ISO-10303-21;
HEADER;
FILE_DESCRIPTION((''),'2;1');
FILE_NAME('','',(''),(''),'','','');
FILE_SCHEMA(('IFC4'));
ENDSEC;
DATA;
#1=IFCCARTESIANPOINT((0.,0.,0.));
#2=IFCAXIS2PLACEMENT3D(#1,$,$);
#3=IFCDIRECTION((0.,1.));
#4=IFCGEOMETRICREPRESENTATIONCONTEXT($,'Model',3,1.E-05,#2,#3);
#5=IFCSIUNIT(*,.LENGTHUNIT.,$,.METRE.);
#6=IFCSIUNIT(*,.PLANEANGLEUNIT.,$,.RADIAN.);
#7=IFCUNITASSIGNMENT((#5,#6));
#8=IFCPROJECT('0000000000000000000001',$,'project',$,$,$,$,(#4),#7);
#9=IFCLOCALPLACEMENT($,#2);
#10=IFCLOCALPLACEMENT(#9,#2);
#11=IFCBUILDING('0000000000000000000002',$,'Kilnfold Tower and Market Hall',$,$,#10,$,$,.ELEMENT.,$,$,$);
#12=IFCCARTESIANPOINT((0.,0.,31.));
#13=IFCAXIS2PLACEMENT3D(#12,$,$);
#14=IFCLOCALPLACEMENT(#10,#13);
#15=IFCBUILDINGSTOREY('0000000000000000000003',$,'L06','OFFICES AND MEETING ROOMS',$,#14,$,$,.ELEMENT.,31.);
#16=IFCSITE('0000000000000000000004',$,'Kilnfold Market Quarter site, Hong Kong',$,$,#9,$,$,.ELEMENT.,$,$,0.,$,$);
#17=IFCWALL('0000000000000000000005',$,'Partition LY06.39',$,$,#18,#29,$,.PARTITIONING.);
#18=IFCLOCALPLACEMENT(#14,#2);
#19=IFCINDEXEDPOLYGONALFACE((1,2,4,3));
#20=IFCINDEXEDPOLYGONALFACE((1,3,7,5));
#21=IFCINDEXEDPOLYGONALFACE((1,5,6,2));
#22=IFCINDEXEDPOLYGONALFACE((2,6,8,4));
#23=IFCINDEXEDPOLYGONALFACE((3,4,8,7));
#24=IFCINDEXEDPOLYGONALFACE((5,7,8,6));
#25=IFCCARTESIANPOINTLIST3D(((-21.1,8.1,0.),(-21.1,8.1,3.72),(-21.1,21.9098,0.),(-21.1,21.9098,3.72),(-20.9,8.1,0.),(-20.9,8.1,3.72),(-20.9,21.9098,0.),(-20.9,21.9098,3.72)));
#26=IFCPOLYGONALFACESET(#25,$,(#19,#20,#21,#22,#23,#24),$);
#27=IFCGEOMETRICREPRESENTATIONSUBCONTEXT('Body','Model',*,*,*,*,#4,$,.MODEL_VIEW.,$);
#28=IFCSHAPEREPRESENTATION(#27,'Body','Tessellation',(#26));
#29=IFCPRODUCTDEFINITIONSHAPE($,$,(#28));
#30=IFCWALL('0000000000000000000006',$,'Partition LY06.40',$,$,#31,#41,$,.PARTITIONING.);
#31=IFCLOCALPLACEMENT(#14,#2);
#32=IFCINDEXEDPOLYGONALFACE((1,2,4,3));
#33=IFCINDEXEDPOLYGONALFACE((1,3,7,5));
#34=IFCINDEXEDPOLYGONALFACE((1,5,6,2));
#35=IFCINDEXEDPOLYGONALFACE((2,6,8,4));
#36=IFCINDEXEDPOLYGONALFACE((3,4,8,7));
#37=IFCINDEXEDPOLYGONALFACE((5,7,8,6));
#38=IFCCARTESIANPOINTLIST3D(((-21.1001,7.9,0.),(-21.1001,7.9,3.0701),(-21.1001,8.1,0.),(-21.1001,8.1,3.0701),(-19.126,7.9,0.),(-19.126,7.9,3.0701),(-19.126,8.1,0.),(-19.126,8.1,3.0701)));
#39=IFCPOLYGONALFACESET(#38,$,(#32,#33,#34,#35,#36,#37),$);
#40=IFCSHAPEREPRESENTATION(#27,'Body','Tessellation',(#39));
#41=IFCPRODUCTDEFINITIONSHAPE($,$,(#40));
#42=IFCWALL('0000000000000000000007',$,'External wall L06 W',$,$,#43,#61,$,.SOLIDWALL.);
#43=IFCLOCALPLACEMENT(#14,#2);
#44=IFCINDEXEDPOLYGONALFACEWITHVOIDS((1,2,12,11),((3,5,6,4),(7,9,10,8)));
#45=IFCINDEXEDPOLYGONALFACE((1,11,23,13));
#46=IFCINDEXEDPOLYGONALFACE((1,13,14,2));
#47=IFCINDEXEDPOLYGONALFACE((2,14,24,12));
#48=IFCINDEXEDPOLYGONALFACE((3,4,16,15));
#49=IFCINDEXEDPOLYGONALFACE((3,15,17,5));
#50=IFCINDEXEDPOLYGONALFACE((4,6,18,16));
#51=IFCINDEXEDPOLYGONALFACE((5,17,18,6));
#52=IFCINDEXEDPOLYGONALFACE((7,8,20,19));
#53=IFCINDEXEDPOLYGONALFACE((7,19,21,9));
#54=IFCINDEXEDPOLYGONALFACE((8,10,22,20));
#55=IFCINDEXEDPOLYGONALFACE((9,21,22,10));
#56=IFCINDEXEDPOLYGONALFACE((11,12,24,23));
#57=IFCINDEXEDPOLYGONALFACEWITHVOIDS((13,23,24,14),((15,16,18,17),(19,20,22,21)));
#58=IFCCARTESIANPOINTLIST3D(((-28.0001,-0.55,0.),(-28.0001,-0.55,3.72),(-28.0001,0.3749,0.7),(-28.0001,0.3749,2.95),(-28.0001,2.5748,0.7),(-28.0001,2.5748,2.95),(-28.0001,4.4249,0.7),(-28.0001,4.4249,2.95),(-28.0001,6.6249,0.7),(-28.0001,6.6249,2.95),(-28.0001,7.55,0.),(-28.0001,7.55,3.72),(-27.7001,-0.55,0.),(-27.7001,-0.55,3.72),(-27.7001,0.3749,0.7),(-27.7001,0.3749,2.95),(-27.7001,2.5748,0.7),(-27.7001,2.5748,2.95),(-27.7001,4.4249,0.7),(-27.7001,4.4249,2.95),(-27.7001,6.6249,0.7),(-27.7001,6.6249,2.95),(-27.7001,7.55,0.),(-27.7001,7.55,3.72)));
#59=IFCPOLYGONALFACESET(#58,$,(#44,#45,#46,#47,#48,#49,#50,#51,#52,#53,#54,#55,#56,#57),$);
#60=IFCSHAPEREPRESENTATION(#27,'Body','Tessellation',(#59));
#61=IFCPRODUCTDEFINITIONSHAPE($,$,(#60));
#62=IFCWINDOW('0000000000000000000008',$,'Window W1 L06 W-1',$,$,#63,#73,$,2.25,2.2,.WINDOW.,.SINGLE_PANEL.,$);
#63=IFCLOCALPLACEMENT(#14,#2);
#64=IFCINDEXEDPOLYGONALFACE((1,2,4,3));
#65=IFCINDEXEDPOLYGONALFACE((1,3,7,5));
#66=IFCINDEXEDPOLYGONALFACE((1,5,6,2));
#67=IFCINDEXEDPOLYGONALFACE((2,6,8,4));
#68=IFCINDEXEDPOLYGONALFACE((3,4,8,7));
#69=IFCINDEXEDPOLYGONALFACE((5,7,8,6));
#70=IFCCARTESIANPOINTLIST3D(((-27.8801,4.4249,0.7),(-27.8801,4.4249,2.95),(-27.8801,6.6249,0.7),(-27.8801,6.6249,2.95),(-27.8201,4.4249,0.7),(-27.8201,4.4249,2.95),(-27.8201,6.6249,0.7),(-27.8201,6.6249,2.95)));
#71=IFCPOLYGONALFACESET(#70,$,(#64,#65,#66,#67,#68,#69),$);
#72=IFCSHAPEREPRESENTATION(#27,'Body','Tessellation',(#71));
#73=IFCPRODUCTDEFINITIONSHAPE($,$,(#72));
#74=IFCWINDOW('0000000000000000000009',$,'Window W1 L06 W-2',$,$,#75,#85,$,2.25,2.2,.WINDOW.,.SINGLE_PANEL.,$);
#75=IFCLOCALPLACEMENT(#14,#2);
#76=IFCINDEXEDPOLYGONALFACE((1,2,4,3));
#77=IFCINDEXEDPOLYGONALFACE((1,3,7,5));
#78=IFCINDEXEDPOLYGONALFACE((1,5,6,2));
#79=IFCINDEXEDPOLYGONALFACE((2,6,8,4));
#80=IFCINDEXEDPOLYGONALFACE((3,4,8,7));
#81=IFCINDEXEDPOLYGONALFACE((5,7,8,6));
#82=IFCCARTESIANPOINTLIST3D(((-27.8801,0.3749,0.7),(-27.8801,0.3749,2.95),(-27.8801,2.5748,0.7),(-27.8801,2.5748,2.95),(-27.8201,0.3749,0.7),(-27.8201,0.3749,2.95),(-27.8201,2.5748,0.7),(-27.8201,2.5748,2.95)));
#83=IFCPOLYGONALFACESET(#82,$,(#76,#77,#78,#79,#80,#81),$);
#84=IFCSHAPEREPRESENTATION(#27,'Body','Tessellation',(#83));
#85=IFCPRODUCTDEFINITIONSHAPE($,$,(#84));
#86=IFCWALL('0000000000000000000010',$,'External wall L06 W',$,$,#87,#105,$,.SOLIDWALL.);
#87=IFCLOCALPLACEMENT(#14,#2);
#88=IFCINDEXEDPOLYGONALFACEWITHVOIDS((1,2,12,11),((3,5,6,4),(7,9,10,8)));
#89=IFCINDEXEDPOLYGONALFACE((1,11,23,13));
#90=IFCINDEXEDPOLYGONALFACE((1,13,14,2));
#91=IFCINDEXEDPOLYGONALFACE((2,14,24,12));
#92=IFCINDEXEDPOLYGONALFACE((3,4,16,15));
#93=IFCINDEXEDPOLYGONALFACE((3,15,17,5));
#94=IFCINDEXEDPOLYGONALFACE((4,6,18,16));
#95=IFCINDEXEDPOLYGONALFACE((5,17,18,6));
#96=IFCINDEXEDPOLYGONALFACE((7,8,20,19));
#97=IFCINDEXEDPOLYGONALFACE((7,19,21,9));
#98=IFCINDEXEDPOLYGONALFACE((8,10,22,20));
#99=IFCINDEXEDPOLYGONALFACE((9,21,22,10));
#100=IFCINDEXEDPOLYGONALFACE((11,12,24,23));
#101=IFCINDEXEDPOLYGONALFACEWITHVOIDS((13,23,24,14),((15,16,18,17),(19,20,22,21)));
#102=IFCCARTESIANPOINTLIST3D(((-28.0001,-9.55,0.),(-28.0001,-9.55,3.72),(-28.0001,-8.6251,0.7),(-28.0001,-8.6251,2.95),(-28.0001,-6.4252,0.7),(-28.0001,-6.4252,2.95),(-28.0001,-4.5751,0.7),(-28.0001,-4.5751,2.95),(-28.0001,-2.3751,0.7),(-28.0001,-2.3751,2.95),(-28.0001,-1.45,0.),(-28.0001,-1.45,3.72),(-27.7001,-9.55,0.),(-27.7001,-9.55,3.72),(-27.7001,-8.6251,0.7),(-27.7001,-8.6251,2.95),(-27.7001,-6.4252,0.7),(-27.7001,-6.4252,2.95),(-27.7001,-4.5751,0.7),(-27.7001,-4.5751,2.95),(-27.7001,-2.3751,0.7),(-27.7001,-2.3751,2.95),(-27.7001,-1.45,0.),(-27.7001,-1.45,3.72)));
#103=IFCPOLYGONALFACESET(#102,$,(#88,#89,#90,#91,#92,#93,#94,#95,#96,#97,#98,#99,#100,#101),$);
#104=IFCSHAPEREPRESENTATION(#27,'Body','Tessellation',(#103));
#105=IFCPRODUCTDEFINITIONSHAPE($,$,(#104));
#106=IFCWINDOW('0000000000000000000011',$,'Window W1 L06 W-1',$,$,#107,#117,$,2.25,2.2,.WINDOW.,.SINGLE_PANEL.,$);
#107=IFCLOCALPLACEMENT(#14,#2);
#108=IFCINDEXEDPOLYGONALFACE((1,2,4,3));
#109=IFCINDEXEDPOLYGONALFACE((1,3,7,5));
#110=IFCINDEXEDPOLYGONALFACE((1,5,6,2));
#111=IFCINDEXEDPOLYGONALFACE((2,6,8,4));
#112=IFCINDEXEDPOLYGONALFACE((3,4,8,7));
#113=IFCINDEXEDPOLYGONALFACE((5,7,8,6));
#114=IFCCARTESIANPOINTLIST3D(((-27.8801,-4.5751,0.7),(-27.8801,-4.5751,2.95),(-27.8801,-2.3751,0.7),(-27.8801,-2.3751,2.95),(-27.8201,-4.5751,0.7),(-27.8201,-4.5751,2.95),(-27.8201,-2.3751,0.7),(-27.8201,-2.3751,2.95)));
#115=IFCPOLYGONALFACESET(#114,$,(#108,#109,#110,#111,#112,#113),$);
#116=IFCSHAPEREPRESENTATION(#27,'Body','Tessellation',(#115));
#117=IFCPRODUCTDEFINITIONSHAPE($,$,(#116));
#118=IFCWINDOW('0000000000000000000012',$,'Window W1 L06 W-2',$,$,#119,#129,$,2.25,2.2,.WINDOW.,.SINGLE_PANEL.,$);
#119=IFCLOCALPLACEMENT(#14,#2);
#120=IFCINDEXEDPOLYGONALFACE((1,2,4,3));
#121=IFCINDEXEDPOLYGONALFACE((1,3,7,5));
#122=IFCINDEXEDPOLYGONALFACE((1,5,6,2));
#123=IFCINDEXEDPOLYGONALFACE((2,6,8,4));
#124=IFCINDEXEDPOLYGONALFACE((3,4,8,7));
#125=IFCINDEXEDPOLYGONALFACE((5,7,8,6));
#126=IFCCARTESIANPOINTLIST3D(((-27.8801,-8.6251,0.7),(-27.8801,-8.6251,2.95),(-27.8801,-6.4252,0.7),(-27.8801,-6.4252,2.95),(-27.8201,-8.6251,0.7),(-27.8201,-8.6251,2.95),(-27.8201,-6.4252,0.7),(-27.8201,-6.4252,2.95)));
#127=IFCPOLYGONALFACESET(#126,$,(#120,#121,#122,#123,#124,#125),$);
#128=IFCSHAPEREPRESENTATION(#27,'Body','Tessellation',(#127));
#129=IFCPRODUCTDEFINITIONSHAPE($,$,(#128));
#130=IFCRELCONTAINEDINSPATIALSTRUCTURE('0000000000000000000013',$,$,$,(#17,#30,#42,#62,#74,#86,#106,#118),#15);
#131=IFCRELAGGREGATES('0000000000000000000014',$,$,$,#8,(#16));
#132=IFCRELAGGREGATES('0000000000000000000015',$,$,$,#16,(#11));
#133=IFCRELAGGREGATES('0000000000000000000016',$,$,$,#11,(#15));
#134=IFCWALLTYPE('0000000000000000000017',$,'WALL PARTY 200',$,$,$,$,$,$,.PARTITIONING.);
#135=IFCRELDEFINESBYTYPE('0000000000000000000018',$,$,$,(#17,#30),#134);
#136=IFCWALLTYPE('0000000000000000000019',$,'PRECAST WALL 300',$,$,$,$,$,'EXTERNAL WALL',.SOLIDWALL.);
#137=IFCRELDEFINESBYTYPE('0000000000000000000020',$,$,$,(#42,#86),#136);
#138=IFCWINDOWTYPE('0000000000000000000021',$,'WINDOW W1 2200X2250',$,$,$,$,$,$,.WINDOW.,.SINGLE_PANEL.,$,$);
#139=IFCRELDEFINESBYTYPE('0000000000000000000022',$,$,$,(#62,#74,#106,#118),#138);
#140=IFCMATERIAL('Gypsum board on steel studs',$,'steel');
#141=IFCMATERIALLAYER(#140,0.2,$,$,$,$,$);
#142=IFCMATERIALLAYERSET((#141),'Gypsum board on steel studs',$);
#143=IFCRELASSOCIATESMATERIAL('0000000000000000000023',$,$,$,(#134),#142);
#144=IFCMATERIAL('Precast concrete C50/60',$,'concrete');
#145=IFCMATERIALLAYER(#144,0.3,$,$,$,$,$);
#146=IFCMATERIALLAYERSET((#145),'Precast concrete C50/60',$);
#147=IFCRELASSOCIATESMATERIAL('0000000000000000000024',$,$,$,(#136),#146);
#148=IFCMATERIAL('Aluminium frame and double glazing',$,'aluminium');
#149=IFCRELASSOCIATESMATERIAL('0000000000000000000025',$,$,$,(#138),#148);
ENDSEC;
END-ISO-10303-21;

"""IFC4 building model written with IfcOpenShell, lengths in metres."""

from ifc_helpers import new_model, si_unit, direction, frame, frame_2d, origin, place, context, subcontext, project, spatial, rectangle, extrude, source, transform, mapped, material, layer, layer_set, type_object, element, fill, save


model = new_model("IFC4")

# Units and contexts
model_context = context("Model", 3, precision=1e-05, world=origin(), true_north=direction((0.0, 1.0)))
body_context = subcontext(model_context, "Body", "Model", "MODEL_VIEW")
ifc_project = project(units=[si_unit("LENGTHUNIT", "METRE"), si_unit("PLANEANGLEUNIT", "RADIAN")], contexts=[model_context])

# Site, building, storey
site_placement = place(None, origin())
site = spatial("IfcSite", under=ifc_project, at=site_placement, Name="Kilnfold Market Quarter site, Hong Kong", CompositionType="ELEMENT", RefElevation=0.0)
building_placement = place(site_placement, origin())
building = spatial("IfcBuilding", under=site, at=building_placement, Name="Kilnfold Tower and Market Hall", CompositionType="ELEMENT")
storey_placement = place(building_placement, frame((0.0, 0.0, 31.0)))
storey = spatial("IfcBuildingStorey", under=building, at=storey_placement, Name="L06", Description="OFFICES AND MEETING ROOMS", CompositionType="ELEMENT", Elevation=31.0)

# Walls
ifc_material_1 = material(Name="Gypsum board on steel studs", Category="steel")
ifc_layer_1 = layer(ifc_material_1, 0.2)
ifc_layer_set_1 = layer_set([ifc_layer_1], Name="Gypsum board on steel studs")
wall_type_1 = type_object("IfcWallType", Name="WALL PARTY 200", PredefinedType="PARTITIONING", material=ifc_layer_set_1)
wall_1_placement = place(storey_placement, frame((-21.0, 8.1001, 0.0), z_axis=(0.0, 0.0, 1.0), x_axis=(0.0, 1.0, 0.0)))
element("IfcWall", 1, at=wall_1_placement, inside=storey, type_object=wall_type_1, Name="Partition LY06.39", PredefinedType="PARTITIONING", context=body_context, shape_type="SweptSolid", body=[
    extrude(rectangle(XDim=13.8098, YDim=0.2, at=frame_2d((6.9048, 0.0))), origin(), (0.0, 0.0, 1.0), 3.72),
])
wall_2_placement = place(storey_placement, frame((-21.1001, 8.0, 0.0), z_axis=(0.0, 0.0, 1.0), x_axis=(1.0, 0.0, 0.0)))
element("IfcWall", 2, at=wall_2_placement, inside=storey, type_object=wall_type_1, Name="Partition LY06.40", PredefinedType="PARTITIONING", context=body_context, shape_type="SweptSolid", body=[
    extrude(rectangle(XDim=1.9741, YDim=0.2, at=frame_2d((0.9871, 0.0))), origin(), (0.0, 0.0, 1.0), 3.0701),
])

# Walls, openings, windows
ifc_material_2 = material(Name="Precast concrete C50/60", Category="concrete")
ifc_layer_2 = layer(ifc_material_2, 0.3)
ifc_layer_set_2 = layer_set([ifc_layer_2], Name="Precast concrete C50/60")
wall_type_2 = type_object("IfcWallType", Name="PRECAST WALL 300", ElementType="EXTERNAL WALL", PredefinedType="SOLIDWALL", material=ifc_layer_set_2)
shared_shape_1 = source(origin(), body_context, "Body", "SweptSolid", [
    extrude(rectangle(XDim=8.1001, YDim=0.3, at=frame_2d((4.05, 0.0))), origin(), (0.0, 0.0, 1.0), 3.72),
])
wall_3_placement = place(storey_placement, frame((-27.8501, 7.55, 0.0), z_axis=(0.0, 0.0, 1.0), x_axis=(0.0, -1.0, 0.0)))
wall_3 = element("IfcWall", 3, at=wall_3_placement, inside=storey, type_object=wall_type_2, Name="External wall L06 W", PredefinedType="SOLIDWALL", context=body_context, shape_type="MappedRepresentation", body=[
    mapped(shared_shape_1, transform((0.0, 0.0, 0.0))),
])
opening_1_placement = place(wall_3_placement, frame((0.925, 0.0, 0.7)))
opening_1 = element("IfcOpeningElement", 4, at=opening_1_placement, cuts=wall_3, PredefinedType="OPENING", context=body_context, shape_type="SweptSolid", body=[
    extrude(rectangle(XDim=2.2, YDim=2.25, at=frame_2d((1.1001, 1.125))), frame((0.0, 0.1602, 0.0), z_axis=(0.0, -1.0, 0.0), x_axis=(1.0, 0.0, 0.0)), (0.0, 0.0, 1.0), 0.3201),
])
opening_2_placement = place(wall_3_placement, frame((4.9751, 0.0, 0.7)))
opening_2 = element("IfcOpeningElement", 5, at=opening_2_placement, cuts=wall_3, PredefinedType="OPENING", context=body_context, shape_type="SweptSolid", body=[
    extrude(rectangle(XDim=2.2, YDim=2.25, at=frame_2d((1.1001, 1.125))), frame((0.0, 0.1602, 0.0), z_axis=(0.0, -1.0, 0.0), x_axis=(1.0, 0.0, 0.0)), (0.0, 0.0, 1.0), 0.3201),
])
ifc_material_3 = material(Name="Aluminium frame and double glazing", Category="aluminium")
window_type = type_object("IfcWindowType", Name="WINDOW W1 2200X2250", PartitioningType="SINGLE_PANEL", PredefinedType="WINDOW", material=ifc_material_3)
window_1_placement = place(opening_1_placement, origin())
window_1 = element("IfcWindow", 6, at=window_1_placement, inside=storey, type_object=window_type, Name="Window W1 L06 W-1", OverallHeight=2.25, OverallWidth=2.2, PartitioningType="SINGLE_PANEL", PredefinedType="WINDOW", context=body_context, shape_type="SweptSolid", body=[
    extrude(rectangle(XDim=2.2, YDim=2.25, at=frame_2d((1.1001, 1.125))), frame((0.0, 0.03, 0.0), z_axis=(0.0, -1.0, 0.0), x_axis=(1.0, 0.0, 0.0)), (0.0, 0.0, 1.0), 0.0601),
])
fill(opening_1, window_1)
window_2_placement = place(opening_2_placement, origin())
window_2 = element("IfcWindow", 7, at=window_2_placement, inside=storey, type_object=window_type, Name="Window W1 L06 W-2", OverallHeight=2.25, OverallWidth=2.2, PartitioningType="SINGLE_PANEL", PredefinedType="WINDOW", context=body_context, shape_type="SweptSolid", body=[
    extrude(rectangle(XDim=2.2, YDim=2.25, at=frame_2d((1.1001, 1.125))), frame((0.0, 0.03, 0.0), z_axis=(0.0, -1.0, 0.0), x_axis=(1.0, 0.0, 0.0)), (0.0, 0.0, 1.0), 0.0601),
])
fill(opening_2, window_2)
wall_4_placement = place(storey_placement, frame((-27.8501, -1.45, 0.0), z_axis=(0.0, 0.0, 1.0), x_axis=(0.0, -1.0, 0.0)))
wall_4 = element("IfcWall", 8, at=wall_4_placement, inside=storey, type_object=wall_type_2, Name="External wall L06 W", PredefinedType="SOLIDWALL", context=body_context, shape_type="MappedRepresentation", body=[
    mapped(shared_shape_1, transform((0.0, 0.0, 0.0))),
])
opening_3_placement = place(wall_4_placement, frame((0.925, 0.0, 0.7)))
opening_3 = element("IfcOpeningElement", 9, at=opening_3_placement, cuts=wall_4, PredefinedType="OPENING", context=body_context, shape_type="SweptSolid", body=[
    extrude(rectangle(XDim=2.2, YDim=2.25, at=frame_2d((1.1001, 1.125))), frame((0.0, 0.1602, 0.0), z_axis=(0.0, -1.0, 0.0), x_axis=(1.0, 0.0, 0.0)), (0.0, 0.0, 1.0), 0.3201),
])
opening_4_placement = place(wall_4_placement, frame((4.9751, 0.0, 0.7)))
opening_4 = element("IfcOpeningElement", 10, at=opening_4_placement, cuts=wall_4, PredefinedType="OPENING", context=body_context, shape_type="SweptSolid", body=[
    extrude(rectangle(XDim=2.2, YDim=2.25, at=frame_2d((1.1001, 1.125))), frame((0.0, 0.1602, 0.0), z_axis=(0.0, -1.0, 0.0), x_axis=(1.0, 0.0, 0.0)), (0.0, 0.0, 1.0), 0.3201),
])
window_3_placement = place(opening_3_placement, origin())
window_3 = element("IfcWindow", 11, at=window_3_placement, inside=storey, type_object=window_type, Name="Window W1 L06 W-1", OverallHeight=2.25, OverallWidth=2.2, PartitioningType="SINGLE_PANEL", PredefinedType="WINDOW", context=body_context, shape_type="SweptSolid", body=[
    extrude(rectangle(XDim=2.2, YDim=2.25, at=frame_2d((1.1001, 1.125))), frame((0.0, 0.03, 0.0), z_axis=(0.0, -1.0, 0.0), x_axis=(1.0, 0.0, 0.0)), (0.0, 0.0, 1.0), 0.0601),
])
fill(opening_3, window_3)
window_4_placement = place(opening_4_placement, origin())
window_4 = element("IfcWindow", 12, at=window_4_placement, inside=storey, type_object=window_type, Name="Window W1 L06 W-2", OverallHeight=2.25, OverallWidth=2.2, PartitioningType="SINGLE_PANEL", PredefinedType="WINDOW", context=body_context, shape_type="SweptSolid", body=[
    extrude(rectangle(XDim=2.2, YDim=2.25, at=frame_2d((1.1001, 1.125))), frame((0.0, 0.03, 0.0), z_axis=(0.0, -1.0, 0.0), x_axis=(1.0, 0.0, 0.0)), (0.0, 0.0, 1.0), 0.0601),
])
fill(opening_4, window_4)

save(model, "model.ifc")
